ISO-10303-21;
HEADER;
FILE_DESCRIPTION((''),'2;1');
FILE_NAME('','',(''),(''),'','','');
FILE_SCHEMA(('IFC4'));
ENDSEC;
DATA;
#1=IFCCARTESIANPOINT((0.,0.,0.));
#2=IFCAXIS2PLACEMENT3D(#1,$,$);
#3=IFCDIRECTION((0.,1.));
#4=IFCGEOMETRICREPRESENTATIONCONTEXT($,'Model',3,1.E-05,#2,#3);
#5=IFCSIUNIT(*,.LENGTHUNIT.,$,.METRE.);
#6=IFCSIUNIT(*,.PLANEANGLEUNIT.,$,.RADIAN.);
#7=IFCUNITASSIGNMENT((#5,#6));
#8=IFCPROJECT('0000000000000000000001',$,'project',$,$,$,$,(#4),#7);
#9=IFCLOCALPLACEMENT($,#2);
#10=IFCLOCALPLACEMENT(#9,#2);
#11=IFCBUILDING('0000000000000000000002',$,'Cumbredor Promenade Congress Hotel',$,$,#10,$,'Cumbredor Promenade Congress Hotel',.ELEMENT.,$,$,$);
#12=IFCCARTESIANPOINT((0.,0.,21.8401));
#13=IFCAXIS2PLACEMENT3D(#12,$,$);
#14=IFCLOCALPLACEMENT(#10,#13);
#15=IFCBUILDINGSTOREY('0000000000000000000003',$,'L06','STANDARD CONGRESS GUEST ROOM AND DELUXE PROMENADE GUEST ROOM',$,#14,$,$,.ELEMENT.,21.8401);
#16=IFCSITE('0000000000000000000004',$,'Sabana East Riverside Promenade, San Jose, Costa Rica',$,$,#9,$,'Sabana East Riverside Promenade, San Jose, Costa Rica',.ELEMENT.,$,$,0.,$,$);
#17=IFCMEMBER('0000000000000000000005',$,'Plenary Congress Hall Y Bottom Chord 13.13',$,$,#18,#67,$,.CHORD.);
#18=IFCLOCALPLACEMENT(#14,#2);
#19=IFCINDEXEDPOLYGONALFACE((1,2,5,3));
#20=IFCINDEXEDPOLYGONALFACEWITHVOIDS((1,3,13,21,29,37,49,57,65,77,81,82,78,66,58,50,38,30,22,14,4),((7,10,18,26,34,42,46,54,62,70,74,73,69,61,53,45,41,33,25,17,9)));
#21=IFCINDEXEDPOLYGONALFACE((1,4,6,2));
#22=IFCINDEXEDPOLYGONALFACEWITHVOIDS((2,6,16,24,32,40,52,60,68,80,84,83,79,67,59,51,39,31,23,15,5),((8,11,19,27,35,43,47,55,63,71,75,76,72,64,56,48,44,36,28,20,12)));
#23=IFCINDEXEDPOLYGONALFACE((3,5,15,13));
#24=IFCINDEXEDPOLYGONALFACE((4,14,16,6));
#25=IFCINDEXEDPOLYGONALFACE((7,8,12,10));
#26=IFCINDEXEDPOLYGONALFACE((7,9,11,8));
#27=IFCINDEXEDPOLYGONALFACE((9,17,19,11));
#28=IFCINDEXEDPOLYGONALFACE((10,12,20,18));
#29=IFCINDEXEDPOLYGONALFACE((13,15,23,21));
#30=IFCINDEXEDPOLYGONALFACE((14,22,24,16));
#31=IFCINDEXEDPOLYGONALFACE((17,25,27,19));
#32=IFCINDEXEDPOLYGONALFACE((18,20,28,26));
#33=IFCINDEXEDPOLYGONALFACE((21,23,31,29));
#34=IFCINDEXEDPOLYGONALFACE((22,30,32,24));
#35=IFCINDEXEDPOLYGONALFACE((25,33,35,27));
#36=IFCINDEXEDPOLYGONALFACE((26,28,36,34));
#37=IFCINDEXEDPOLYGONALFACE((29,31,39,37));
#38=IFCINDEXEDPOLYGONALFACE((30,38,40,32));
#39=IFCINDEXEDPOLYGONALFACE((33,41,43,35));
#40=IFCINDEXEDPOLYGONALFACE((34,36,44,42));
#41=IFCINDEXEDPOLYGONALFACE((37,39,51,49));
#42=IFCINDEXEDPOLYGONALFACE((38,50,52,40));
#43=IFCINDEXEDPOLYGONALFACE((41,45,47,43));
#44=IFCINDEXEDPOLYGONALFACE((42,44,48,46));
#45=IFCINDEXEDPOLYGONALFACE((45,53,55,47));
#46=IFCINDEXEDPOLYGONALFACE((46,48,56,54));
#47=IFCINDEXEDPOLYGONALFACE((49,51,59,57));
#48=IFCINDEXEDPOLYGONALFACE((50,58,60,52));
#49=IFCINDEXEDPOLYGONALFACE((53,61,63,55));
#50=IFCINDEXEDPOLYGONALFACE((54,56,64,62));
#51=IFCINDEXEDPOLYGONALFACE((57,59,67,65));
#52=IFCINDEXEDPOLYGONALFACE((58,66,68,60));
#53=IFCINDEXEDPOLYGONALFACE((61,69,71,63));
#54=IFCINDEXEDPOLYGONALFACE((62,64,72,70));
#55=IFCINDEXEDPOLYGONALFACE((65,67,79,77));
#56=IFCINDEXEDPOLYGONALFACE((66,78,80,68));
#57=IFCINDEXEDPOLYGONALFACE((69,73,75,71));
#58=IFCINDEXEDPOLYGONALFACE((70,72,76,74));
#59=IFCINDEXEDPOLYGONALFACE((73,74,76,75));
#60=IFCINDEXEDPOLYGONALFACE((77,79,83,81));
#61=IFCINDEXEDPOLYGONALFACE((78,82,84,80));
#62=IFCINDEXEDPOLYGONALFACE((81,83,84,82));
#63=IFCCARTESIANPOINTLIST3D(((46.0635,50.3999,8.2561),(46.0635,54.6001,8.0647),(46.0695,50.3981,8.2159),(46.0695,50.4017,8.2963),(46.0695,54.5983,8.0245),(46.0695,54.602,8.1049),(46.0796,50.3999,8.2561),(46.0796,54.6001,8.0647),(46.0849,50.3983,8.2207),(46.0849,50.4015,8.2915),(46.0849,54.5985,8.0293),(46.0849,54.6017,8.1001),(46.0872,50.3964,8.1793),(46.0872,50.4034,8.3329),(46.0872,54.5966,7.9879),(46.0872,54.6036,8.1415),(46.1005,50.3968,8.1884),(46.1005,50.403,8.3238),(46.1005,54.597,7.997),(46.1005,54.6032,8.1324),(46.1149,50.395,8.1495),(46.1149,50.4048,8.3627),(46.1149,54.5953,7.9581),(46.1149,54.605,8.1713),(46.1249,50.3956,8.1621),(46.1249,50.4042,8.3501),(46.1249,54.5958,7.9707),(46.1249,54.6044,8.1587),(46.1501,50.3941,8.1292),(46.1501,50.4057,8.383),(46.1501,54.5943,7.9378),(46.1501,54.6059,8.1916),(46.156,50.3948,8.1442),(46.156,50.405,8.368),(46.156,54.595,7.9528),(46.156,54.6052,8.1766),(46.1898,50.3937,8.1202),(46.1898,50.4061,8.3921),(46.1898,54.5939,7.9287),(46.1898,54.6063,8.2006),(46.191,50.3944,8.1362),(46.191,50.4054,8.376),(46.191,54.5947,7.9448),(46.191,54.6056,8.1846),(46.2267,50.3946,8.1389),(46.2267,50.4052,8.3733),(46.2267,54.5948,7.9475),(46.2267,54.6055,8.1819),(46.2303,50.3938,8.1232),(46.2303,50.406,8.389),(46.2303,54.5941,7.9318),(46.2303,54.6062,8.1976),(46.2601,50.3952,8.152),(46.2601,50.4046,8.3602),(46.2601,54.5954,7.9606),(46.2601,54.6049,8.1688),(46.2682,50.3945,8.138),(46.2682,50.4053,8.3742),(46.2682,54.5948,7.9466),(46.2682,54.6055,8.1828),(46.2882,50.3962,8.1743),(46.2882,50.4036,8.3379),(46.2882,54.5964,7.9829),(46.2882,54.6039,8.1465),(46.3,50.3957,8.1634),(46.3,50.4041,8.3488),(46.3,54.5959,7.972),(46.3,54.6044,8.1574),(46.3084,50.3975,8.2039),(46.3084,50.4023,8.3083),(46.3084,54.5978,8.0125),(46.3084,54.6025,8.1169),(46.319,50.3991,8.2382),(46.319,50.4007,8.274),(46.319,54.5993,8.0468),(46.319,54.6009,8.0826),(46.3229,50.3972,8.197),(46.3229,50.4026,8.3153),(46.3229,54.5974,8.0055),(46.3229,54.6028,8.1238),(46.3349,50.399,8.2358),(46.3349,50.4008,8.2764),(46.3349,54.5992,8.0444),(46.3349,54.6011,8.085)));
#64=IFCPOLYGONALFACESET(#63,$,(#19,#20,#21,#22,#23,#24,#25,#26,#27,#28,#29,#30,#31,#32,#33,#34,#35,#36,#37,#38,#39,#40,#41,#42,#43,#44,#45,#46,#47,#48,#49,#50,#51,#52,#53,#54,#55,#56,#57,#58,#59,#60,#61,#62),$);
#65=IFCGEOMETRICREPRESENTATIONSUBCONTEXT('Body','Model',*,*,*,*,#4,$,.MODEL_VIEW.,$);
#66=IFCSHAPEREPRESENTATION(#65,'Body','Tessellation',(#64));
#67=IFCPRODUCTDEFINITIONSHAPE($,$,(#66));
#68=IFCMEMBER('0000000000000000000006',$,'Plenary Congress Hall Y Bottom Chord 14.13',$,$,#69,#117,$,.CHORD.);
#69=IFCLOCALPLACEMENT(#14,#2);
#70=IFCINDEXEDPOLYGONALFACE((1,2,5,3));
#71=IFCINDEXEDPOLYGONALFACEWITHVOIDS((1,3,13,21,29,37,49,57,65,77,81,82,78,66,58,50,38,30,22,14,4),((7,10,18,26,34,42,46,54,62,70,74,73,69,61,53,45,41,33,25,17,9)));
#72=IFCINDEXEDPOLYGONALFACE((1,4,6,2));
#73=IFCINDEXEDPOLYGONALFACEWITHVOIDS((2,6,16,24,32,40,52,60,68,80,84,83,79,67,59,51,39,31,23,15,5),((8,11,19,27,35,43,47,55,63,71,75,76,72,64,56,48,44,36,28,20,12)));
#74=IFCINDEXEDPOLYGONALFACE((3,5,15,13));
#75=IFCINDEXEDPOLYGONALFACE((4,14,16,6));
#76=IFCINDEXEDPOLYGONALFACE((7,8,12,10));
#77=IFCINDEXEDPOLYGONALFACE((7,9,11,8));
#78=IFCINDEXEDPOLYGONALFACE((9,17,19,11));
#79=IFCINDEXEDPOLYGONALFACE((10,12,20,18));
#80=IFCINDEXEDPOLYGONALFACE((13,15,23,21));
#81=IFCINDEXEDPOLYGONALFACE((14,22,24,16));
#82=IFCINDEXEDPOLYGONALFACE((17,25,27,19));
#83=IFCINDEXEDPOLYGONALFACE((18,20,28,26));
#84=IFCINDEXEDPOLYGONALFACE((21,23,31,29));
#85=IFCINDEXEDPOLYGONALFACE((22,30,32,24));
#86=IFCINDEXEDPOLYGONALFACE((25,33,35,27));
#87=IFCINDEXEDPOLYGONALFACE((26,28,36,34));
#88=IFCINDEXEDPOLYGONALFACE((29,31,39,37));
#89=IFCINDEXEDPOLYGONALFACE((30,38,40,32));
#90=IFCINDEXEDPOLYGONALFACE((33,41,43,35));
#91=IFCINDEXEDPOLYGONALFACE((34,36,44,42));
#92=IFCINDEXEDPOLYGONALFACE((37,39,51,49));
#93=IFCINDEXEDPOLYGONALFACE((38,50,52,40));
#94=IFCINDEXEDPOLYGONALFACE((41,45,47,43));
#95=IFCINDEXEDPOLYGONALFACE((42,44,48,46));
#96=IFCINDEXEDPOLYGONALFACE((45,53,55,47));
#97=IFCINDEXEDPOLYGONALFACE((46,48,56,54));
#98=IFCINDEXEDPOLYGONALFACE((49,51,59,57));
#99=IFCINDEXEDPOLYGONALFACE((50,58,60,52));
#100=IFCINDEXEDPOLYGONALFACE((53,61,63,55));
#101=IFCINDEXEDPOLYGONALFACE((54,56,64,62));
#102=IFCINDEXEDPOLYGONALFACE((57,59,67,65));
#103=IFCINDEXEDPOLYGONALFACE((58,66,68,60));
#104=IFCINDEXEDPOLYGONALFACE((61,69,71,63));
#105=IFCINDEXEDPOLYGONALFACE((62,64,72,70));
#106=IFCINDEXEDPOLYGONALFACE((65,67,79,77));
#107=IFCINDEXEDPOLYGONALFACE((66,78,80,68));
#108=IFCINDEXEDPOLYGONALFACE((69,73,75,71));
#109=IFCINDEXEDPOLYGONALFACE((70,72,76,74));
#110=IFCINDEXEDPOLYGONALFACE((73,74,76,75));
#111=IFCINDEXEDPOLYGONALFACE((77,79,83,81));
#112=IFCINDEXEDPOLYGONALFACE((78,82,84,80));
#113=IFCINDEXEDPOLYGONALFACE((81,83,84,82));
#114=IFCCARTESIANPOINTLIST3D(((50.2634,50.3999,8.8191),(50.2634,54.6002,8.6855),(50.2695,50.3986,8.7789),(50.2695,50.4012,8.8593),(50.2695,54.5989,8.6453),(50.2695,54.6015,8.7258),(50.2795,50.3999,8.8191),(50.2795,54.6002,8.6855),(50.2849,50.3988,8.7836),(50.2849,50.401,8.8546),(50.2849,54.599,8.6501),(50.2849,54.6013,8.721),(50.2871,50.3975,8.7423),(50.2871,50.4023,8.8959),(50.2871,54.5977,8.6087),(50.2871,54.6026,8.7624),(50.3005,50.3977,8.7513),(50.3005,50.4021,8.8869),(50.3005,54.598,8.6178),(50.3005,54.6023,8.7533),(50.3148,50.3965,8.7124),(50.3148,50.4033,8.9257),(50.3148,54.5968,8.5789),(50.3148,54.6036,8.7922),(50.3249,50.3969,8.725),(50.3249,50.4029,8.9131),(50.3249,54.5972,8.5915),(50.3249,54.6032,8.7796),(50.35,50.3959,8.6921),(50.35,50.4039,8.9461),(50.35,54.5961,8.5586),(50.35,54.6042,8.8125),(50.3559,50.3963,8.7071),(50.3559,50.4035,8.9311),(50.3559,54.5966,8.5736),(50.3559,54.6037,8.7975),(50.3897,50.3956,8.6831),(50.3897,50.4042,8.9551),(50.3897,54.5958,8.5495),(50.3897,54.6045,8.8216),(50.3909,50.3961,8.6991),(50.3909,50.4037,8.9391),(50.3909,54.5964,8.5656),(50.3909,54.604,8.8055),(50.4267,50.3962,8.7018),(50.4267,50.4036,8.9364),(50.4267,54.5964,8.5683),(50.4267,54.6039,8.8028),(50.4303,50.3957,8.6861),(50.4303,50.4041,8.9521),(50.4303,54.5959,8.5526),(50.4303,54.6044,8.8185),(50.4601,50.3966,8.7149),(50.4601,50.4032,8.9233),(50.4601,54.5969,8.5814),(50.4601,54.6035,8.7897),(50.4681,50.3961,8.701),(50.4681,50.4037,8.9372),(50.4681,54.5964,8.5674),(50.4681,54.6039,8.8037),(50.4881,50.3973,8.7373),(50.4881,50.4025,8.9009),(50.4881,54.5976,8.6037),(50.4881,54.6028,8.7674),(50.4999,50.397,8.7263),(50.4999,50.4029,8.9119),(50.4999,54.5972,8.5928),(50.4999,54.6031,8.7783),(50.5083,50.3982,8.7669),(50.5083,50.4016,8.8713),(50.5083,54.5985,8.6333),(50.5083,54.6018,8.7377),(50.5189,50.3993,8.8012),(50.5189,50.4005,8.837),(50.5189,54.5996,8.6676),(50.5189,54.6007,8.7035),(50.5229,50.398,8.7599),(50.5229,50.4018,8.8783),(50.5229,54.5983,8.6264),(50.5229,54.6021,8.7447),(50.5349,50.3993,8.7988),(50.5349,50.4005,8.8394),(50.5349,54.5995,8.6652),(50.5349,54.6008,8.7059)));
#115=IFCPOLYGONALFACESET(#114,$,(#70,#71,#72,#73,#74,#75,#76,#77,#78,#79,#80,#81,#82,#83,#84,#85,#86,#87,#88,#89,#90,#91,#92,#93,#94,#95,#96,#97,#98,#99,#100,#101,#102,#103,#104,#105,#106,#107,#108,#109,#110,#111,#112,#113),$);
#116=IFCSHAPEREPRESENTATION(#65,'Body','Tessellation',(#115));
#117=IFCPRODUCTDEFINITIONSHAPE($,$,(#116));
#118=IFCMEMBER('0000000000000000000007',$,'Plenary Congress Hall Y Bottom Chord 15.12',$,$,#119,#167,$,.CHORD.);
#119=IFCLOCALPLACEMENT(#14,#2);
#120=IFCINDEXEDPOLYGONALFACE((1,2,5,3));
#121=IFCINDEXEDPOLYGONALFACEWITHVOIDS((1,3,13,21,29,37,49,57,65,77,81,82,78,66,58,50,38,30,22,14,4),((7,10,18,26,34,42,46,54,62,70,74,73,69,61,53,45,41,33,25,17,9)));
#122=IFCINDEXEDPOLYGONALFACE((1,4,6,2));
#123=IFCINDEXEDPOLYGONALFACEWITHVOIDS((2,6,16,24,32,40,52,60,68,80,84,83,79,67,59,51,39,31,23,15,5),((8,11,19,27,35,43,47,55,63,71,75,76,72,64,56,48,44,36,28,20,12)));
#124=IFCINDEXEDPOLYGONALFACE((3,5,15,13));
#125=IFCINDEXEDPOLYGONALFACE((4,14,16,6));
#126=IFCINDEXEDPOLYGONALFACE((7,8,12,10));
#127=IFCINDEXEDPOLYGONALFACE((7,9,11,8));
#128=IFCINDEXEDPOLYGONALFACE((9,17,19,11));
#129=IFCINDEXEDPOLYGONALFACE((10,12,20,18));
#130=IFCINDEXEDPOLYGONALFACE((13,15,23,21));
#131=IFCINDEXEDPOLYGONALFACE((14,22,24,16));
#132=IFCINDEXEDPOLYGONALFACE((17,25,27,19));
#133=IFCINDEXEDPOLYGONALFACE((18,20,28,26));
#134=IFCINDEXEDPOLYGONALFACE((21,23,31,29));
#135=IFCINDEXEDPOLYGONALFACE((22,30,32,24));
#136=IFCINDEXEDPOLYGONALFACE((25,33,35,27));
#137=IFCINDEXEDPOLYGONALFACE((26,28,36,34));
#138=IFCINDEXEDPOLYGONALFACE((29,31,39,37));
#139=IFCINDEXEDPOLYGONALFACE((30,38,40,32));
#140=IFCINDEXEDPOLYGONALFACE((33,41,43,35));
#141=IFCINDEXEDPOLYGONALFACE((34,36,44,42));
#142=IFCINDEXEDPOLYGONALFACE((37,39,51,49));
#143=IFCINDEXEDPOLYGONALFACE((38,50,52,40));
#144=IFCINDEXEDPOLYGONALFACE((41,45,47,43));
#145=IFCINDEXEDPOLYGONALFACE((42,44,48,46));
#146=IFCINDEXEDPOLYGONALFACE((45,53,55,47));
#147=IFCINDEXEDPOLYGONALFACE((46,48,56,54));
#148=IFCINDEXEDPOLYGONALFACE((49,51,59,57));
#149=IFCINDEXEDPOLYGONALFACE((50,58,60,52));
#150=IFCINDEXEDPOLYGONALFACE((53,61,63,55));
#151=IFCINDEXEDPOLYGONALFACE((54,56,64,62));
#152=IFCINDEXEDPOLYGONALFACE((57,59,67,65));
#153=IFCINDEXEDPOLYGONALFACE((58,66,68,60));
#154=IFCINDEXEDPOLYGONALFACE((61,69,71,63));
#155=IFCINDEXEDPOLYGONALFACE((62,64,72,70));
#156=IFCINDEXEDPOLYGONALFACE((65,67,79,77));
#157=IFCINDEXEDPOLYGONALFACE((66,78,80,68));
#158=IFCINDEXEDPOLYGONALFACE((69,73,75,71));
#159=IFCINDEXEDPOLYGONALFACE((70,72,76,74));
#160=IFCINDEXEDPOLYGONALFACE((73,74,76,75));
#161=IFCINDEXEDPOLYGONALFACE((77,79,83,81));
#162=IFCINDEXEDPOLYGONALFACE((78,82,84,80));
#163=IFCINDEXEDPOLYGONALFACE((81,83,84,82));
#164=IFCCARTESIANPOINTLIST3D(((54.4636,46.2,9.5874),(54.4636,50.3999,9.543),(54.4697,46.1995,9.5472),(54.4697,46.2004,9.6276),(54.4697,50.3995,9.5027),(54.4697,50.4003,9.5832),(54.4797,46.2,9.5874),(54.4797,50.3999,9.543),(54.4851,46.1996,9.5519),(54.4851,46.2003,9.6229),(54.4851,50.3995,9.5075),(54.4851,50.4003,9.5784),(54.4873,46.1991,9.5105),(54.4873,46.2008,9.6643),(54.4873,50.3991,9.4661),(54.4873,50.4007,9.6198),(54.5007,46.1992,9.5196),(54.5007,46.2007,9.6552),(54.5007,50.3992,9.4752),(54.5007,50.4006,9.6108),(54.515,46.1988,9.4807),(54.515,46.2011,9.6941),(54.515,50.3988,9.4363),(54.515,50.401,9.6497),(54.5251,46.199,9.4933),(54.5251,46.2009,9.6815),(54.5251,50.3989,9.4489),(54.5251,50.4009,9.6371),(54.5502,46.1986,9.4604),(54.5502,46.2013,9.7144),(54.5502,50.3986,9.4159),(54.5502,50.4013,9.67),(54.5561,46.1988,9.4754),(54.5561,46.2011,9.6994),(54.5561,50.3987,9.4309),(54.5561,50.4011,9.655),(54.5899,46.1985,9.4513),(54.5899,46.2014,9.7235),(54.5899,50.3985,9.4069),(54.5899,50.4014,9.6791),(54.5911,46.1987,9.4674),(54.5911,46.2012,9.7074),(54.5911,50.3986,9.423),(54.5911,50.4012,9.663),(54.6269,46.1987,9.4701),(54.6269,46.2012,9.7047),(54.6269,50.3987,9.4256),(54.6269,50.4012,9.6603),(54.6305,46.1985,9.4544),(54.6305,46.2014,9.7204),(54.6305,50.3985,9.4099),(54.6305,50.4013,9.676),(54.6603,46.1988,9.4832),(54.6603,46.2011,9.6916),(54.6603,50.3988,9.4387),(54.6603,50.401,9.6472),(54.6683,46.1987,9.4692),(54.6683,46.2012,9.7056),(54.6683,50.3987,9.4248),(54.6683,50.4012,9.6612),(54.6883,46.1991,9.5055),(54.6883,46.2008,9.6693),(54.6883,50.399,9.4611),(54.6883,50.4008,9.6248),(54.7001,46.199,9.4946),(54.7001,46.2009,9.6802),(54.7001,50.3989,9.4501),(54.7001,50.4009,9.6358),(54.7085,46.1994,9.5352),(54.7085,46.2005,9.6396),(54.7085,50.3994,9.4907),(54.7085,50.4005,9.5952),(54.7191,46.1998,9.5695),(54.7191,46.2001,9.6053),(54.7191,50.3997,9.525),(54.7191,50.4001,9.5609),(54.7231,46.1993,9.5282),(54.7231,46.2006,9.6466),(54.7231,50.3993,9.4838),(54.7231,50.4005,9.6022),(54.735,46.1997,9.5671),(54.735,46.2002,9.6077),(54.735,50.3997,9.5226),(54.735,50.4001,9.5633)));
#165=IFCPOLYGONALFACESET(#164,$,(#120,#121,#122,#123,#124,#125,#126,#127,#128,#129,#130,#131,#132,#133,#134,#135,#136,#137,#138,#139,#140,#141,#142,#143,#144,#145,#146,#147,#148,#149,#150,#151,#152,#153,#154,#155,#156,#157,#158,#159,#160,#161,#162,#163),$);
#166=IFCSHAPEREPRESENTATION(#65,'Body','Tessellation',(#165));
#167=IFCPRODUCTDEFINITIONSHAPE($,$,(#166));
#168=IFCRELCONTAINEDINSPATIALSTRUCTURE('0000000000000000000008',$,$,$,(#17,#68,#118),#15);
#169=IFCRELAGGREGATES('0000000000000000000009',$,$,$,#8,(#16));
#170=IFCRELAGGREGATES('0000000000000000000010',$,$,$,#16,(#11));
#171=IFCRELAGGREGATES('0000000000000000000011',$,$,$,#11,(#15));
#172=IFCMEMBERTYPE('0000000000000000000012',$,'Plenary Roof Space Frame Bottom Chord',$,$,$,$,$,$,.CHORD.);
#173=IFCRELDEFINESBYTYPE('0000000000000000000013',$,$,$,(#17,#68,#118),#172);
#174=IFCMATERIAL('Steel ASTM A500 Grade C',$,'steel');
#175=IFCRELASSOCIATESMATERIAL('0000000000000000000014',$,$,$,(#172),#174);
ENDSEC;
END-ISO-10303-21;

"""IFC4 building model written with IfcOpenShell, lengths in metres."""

from ifc_helpers import new_model, si_unit, direction, frame, origin, origin_2d, place, context, subcontext, project, spatial, hollow_circle, extrude, material, material_profile, profile_set, type_object, element, save


model = new_model("IFC4")

# Units and contexts
model_context = context("Model", 3, precision=1e-05, world=origin(), true_north=direction((0.0, 1.0)))
body_context = subcontext(model_context, "Body", "Model", "MODEL_VIEW")
ifc_project = project(units=[si_unit("LENGTHUNIT", "METRE"), si_unit("PLANEANGLEUNIT", "RADIAN")], contexts=[model_context])

# Site, building, storey
site_placement = place(None, origin())
site = spatial("IfcSite", under=ifc_project, at=site_placement, Name="Sabana East Riverside Promenade, San Jose, Costa Rica", LongName="Sabana East Riverside Promenade, San Jose, Costa Rica", CompositionType="ELEMENT", RefElevation=0.0)
building_placement = place(site_placement, origin())
building = spatial("IfcBuilding", under=site, at=building_placement, Name="Cumbredor Promenade Congress Hotel", LongName="Cumbredor Promenade Congress Hotel", CompositionType="ELEMENT")
storey_placement = place(building_placement, frame((0.0, 0.0, 21.8401)))
storey = spatial("IfcBuildingStorey", under=building, at=storey_placement, Name="L06", Description="STANDARD CONGRESS GUEST ROOM AND DELUXE PROMENADE GUEST ROOM", CompositionType="ELEMENT", Elevation=21.8401)

# Members
ifc_material_1 = material(Name="Steel ASTM A500 Grade C", Category="steel")
ifc_material_profile_1 = material_profile(ifc_material_1, hollow_circle(Radius=0.1365, WallThickness=0.0161, at=origin_2d()), Name="CHS 273.0x16")
ifc_profile_set_1 = profile_set([ifc_material_profile_1], Name="Steel ASTM A500 Grade C")
member_type_1 = type_object("IfcMemberType", Name="Plenary Roof Space Frame Bottom Chord", PredefinedType="CHORD", material=ifc_profile_set_1)
member_1_placement = place(storey_placement, frame((46.2, 50.3999, 8.2561), z_axis=(0.0, 0.998963, -0.045524), x_axis=(-1.0, 0.0, 0.0)))
element("IfcMember", 1, at=member_1_placement, inside=storey, type_object=member_type_1, Name="Plenary Congress Hall Y Bottom Chord 13.13", PredefinedType="CHORD", context=body_context, shape_type="SweptSolid", body=[
    extrude(hollow_circle(Radius=0.1365, WallThickness=0.0161, at=origin_2d()), origin(), (0.0, 0.0, 1.0), 4.2046),
])
member_2_placement = place(storey_placement, frame((50.3999, 50.3999, 8.8191), z_axis=(0.0, 0.999495, -0.031779), x_axis=(-1.0, 0.0, 0.0)))
element("IfcMember", 2, at=member_2_placement, inside=storey, type_object=member_type_1, Name="Plenary Congress Hall Y Bottom Chord 14.13", PredefinedType="CHORD", context=body_context, shape_type="SweptSolid", body=[
    extrude(hollow_circle(Radius=0.1365, WallThickness=0.0161, at=origin_2d()), origin(), (0.0, 0.0, 1.0), 4.2024),
])
member_3_placement = place(storey_placement, frame((54.6001, 46.2, 9.5874), z_axis=(0.0, 0.999944, -0.010579), x_axis=(-1.0, 0.0, 0.0)))
element("IfcMember", 3, at=member_3_placement, inside=storey, type_object=member_type_1, Name="Plenary Congress Hall Y Bottom Chord 15.12", PredefinedType="CHORD", context=body_context, shape_type="SweptSolid", body=[
    extrude(hollow_circle(Radius=0.1365, WallThickness=0.0161, at=origin_2d()), origin(), (0.0, 0.0, 1.0), 4.2002),
])

save(model, "model.ifc")
